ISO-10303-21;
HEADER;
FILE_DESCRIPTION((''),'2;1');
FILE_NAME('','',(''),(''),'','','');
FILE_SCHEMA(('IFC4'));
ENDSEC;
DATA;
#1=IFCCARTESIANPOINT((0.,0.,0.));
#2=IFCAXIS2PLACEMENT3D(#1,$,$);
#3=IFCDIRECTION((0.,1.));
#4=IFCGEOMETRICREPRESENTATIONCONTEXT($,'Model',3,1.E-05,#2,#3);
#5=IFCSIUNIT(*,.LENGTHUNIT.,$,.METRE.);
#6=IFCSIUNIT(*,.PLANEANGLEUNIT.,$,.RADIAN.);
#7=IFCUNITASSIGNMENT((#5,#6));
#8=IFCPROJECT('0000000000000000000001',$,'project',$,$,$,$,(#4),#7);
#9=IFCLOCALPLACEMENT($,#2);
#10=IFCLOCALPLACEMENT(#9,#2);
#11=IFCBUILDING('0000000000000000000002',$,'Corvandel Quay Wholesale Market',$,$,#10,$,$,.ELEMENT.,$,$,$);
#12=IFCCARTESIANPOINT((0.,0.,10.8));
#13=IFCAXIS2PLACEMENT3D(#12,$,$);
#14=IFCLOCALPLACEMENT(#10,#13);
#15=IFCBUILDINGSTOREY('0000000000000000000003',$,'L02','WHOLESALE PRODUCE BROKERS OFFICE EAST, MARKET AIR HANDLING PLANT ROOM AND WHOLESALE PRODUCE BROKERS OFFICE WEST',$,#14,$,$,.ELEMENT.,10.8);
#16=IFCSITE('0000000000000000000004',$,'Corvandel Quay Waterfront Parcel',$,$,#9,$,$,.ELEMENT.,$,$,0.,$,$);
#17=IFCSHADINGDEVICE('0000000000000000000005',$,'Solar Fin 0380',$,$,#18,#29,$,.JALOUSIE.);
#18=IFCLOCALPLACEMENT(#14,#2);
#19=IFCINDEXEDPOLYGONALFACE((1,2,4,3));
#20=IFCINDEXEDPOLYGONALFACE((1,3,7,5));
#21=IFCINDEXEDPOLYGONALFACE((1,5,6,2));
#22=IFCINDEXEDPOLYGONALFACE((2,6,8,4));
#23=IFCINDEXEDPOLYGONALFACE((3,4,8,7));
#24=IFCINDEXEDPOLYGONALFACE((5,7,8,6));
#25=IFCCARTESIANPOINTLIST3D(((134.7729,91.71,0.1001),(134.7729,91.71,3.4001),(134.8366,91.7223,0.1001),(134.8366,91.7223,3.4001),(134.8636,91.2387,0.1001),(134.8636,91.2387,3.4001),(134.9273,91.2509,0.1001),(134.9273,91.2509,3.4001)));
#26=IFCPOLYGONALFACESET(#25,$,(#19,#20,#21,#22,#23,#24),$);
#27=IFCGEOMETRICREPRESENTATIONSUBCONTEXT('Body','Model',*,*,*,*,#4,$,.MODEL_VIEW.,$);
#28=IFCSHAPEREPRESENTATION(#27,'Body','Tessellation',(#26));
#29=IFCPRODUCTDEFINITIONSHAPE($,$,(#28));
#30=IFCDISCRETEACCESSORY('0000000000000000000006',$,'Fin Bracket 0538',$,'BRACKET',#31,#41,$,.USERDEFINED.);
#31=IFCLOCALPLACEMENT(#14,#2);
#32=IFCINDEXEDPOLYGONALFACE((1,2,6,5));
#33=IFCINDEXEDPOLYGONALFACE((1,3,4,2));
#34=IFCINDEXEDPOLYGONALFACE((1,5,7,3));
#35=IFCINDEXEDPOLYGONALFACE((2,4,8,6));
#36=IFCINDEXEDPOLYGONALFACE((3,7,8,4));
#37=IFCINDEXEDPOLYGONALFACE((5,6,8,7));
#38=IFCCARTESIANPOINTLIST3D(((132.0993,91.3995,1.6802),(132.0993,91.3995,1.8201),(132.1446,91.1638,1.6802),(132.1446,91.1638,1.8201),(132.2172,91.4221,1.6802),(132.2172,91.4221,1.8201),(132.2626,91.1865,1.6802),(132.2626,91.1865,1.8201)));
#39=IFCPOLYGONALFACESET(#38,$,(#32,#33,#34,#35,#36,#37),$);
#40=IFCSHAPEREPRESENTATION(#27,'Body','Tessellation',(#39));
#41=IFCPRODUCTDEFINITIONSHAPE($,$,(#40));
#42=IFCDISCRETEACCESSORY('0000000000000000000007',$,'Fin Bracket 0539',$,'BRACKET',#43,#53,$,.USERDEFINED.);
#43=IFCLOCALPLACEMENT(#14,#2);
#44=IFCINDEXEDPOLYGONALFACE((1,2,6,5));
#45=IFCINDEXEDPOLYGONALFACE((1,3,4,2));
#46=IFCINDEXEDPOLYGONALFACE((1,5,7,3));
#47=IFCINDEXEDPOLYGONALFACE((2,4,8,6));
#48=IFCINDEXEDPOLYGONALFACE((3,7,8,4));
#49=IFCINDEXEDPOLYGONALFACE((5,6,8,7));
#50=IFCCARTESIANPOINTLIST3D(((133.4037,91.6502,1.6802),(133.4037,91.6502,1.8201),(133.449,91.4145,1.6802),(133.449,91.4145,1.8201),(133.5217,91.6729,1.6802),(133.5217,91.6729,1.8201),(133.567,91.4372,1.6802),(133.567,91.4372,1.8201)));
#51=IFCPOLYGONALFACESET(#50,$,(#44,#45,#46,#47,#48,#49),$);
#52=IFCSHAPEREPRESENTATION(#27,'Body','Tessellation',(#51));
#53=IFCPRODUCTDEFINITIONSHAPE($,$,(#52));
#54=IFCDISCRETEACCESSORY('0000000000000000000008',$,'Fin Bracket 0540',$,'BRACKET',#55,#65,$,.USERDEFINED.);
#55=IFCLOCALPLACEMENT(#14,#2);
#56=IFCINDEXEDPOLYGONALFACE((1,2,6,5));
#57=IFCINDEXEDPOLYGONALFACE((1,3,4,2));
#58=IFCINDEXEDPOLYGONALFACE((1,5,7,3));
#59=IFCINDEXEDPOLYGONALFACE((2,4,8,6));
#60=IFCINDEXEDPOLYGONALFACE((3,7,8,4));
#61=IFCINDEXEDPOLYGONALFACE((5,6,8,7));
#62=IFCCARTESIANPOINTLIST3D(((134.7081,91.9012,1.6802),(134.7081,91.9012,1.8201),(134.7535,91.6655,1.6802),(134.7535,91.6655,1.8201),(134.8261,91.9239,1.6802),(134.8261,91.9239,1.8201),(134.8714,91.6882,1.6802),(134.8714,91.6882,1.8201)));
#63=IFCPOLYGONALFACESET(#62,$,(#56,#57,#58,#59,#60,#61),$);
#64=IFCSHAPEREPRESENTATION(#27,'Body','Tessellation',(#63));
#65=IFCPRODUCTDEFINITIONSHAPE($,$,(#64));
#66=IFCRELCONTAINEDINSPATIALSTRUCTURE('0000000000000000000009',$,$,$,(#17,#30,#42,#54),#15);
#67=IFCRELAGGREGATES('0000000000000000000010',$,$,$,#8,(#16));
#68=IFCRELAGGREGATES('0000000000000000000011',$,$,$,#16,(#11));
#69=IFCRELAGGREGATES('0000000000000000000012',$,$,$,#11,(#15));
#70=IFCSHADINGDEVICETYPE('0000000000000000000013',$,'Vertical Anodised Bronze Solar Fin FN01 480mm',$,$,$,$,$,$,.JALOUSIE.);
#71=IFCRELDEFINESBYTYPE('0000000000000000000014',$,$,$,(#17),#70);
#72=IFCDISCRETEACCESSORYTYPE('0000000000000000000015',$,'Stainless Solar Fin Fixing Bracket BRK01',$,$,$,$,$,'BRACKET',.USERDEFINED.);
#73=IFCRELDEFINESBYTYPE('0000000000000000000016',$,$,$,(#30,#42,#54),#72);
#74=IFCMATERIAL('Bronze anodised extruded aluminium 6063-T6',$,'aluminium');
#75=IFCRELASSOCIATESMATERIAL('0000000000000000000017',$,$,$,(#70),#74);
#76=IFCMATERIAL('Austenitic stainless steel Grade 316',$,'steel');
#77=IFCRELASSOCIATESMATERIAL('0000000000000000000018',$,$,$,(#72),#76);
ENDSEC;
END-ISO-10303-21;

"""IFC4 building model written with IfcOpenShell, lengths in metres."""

from ifc_helpers import new_model, si_unit, direction, frame, origin, origin_2d, place, context, subcontext, project, spatial, rectangle, extrude, material, type_object, element, save


model = new_model("IFC4")

# Units and contexts
model_context = context("Model", 3, precision=1e-05, world=origin(), true_north=direction((0.0, 1.0)))
body_context = subcontext(model_context, "Body", "Model", "MODEL_VIEW")
ifc_project = project(units=[si_unit("LENGTHUNIT", "METRE"), si_unit("PLANEANGLEUNIT", "RADIAN")], contexts=[model_context])

# Site, building, storey
site_placement = place(None, origin())
site = spatial("IfcSite", under=ifc_project, at=site_placement, Name="Corvandel Quay Waterfront Parcel", CompositionType="ELEMENT", RefElevation=0.0)
building_placement = place(site_placement, origin())
building = spatial("IfcBuilding", under=site, at=building_placement, Name="Corvandel Quay Wholesale Market", CompositionType="ELEMENT")
storey_placement = place(building_placement, frame((0.0, 0.0, 10.8)))
storey = spatial("IfcBuildingStorey", under=building, at=storey_placement, Name="L02", Description="WHOLESALE PRODUCE BROKERS OFFICE EAST, MARKET AIR HANDLING PLANT ROOM AND WHOLESALE PRODUCE BROKERS OFFICE WEST", CompositionType="ELEMENT", Elevation=10.8)

# Shading device
ifc_material_1 = material(Name="Bronze anodised extruded aluminium 6063-T6", Category="aluminium")
shading_device_type = type_object("IfcShadingDeviceType", Name="Vertical Anodised Bronze Solar Fin FN01 480mm", PredefinedType="JALOUSIE", material=ifc_material_1)
for number, where, z_axis, x_axis, name in (
    (1, (134.8501, 91.4805, 0.1001), (0.0, 0.0, 1.0), (-0.188924, 0.981992, 0.0), "Solar Fin 0380"),
):
    element("IfcShadingDevice", number, at=place(storey_placement, frame(where, z_axis=z_axis, x_axis=x_axis)), inside=storey, type_object=shading_device_type, Name=name, PredefinedType="JALOUSIE", context=body_context, shape_type="SweptSolid", body=[
        extrude(rectangle(XDim=0.48, YDim=0.0649, at=origin_2d()), origin(), (0.0, 0.0, 1.0), 3.3),
    ])

# Discrete accessories
ifc_material_2 = material(Name="Austenitic stainless steel Grade 316", Category="steel")
discrete_accessory_type = type_object("IfcDiscreteAccessoryType", Name="Stainless Solar Fin Fixing Bracket BRK01", ElementType="BRACKET", PredefinedType="USERDEFINED", material=ifc_material_2)
for number, where, z_axis, x_axis, name in (
    (2, (132.1809, 91.293, 1.6802), (0.0, 0.0, 1.0), (-0.188924, 0.981992, 0.0), "Fin Bracket 0538"),
    (3, (133.4854, 91.5437, 1.6802), (0.0, 0.0, 1.0), (-0.188924, 0.981992, 0.0), "Fin Bracket 0539"),
    (4, (134.7898, 91.7947, 1.6802), (0.0, 0.0, 1.0), (-0.188924, 0.981992, 0.0), "Fin Bracket 0540"),
):
    element("IfcDiscreteAccessory", number, at=place(storey_placement, frame(where, z_axis=z_axis, x_axis=x_axis)), inside=storey, type_object=discrete_accessory_type, Name=name, ObjectType="BRACKET", PredefinedType="USERDEFINED", context=body_context, shape_type="SweptSolid", body=[
        extrude(rectangle(XDim=0.24, YDim=0.1201, at=origin_2d()), origin(), (0.0, 0.0, 1.0), 0.1399),
    ])

save(model, "model.ifc")
